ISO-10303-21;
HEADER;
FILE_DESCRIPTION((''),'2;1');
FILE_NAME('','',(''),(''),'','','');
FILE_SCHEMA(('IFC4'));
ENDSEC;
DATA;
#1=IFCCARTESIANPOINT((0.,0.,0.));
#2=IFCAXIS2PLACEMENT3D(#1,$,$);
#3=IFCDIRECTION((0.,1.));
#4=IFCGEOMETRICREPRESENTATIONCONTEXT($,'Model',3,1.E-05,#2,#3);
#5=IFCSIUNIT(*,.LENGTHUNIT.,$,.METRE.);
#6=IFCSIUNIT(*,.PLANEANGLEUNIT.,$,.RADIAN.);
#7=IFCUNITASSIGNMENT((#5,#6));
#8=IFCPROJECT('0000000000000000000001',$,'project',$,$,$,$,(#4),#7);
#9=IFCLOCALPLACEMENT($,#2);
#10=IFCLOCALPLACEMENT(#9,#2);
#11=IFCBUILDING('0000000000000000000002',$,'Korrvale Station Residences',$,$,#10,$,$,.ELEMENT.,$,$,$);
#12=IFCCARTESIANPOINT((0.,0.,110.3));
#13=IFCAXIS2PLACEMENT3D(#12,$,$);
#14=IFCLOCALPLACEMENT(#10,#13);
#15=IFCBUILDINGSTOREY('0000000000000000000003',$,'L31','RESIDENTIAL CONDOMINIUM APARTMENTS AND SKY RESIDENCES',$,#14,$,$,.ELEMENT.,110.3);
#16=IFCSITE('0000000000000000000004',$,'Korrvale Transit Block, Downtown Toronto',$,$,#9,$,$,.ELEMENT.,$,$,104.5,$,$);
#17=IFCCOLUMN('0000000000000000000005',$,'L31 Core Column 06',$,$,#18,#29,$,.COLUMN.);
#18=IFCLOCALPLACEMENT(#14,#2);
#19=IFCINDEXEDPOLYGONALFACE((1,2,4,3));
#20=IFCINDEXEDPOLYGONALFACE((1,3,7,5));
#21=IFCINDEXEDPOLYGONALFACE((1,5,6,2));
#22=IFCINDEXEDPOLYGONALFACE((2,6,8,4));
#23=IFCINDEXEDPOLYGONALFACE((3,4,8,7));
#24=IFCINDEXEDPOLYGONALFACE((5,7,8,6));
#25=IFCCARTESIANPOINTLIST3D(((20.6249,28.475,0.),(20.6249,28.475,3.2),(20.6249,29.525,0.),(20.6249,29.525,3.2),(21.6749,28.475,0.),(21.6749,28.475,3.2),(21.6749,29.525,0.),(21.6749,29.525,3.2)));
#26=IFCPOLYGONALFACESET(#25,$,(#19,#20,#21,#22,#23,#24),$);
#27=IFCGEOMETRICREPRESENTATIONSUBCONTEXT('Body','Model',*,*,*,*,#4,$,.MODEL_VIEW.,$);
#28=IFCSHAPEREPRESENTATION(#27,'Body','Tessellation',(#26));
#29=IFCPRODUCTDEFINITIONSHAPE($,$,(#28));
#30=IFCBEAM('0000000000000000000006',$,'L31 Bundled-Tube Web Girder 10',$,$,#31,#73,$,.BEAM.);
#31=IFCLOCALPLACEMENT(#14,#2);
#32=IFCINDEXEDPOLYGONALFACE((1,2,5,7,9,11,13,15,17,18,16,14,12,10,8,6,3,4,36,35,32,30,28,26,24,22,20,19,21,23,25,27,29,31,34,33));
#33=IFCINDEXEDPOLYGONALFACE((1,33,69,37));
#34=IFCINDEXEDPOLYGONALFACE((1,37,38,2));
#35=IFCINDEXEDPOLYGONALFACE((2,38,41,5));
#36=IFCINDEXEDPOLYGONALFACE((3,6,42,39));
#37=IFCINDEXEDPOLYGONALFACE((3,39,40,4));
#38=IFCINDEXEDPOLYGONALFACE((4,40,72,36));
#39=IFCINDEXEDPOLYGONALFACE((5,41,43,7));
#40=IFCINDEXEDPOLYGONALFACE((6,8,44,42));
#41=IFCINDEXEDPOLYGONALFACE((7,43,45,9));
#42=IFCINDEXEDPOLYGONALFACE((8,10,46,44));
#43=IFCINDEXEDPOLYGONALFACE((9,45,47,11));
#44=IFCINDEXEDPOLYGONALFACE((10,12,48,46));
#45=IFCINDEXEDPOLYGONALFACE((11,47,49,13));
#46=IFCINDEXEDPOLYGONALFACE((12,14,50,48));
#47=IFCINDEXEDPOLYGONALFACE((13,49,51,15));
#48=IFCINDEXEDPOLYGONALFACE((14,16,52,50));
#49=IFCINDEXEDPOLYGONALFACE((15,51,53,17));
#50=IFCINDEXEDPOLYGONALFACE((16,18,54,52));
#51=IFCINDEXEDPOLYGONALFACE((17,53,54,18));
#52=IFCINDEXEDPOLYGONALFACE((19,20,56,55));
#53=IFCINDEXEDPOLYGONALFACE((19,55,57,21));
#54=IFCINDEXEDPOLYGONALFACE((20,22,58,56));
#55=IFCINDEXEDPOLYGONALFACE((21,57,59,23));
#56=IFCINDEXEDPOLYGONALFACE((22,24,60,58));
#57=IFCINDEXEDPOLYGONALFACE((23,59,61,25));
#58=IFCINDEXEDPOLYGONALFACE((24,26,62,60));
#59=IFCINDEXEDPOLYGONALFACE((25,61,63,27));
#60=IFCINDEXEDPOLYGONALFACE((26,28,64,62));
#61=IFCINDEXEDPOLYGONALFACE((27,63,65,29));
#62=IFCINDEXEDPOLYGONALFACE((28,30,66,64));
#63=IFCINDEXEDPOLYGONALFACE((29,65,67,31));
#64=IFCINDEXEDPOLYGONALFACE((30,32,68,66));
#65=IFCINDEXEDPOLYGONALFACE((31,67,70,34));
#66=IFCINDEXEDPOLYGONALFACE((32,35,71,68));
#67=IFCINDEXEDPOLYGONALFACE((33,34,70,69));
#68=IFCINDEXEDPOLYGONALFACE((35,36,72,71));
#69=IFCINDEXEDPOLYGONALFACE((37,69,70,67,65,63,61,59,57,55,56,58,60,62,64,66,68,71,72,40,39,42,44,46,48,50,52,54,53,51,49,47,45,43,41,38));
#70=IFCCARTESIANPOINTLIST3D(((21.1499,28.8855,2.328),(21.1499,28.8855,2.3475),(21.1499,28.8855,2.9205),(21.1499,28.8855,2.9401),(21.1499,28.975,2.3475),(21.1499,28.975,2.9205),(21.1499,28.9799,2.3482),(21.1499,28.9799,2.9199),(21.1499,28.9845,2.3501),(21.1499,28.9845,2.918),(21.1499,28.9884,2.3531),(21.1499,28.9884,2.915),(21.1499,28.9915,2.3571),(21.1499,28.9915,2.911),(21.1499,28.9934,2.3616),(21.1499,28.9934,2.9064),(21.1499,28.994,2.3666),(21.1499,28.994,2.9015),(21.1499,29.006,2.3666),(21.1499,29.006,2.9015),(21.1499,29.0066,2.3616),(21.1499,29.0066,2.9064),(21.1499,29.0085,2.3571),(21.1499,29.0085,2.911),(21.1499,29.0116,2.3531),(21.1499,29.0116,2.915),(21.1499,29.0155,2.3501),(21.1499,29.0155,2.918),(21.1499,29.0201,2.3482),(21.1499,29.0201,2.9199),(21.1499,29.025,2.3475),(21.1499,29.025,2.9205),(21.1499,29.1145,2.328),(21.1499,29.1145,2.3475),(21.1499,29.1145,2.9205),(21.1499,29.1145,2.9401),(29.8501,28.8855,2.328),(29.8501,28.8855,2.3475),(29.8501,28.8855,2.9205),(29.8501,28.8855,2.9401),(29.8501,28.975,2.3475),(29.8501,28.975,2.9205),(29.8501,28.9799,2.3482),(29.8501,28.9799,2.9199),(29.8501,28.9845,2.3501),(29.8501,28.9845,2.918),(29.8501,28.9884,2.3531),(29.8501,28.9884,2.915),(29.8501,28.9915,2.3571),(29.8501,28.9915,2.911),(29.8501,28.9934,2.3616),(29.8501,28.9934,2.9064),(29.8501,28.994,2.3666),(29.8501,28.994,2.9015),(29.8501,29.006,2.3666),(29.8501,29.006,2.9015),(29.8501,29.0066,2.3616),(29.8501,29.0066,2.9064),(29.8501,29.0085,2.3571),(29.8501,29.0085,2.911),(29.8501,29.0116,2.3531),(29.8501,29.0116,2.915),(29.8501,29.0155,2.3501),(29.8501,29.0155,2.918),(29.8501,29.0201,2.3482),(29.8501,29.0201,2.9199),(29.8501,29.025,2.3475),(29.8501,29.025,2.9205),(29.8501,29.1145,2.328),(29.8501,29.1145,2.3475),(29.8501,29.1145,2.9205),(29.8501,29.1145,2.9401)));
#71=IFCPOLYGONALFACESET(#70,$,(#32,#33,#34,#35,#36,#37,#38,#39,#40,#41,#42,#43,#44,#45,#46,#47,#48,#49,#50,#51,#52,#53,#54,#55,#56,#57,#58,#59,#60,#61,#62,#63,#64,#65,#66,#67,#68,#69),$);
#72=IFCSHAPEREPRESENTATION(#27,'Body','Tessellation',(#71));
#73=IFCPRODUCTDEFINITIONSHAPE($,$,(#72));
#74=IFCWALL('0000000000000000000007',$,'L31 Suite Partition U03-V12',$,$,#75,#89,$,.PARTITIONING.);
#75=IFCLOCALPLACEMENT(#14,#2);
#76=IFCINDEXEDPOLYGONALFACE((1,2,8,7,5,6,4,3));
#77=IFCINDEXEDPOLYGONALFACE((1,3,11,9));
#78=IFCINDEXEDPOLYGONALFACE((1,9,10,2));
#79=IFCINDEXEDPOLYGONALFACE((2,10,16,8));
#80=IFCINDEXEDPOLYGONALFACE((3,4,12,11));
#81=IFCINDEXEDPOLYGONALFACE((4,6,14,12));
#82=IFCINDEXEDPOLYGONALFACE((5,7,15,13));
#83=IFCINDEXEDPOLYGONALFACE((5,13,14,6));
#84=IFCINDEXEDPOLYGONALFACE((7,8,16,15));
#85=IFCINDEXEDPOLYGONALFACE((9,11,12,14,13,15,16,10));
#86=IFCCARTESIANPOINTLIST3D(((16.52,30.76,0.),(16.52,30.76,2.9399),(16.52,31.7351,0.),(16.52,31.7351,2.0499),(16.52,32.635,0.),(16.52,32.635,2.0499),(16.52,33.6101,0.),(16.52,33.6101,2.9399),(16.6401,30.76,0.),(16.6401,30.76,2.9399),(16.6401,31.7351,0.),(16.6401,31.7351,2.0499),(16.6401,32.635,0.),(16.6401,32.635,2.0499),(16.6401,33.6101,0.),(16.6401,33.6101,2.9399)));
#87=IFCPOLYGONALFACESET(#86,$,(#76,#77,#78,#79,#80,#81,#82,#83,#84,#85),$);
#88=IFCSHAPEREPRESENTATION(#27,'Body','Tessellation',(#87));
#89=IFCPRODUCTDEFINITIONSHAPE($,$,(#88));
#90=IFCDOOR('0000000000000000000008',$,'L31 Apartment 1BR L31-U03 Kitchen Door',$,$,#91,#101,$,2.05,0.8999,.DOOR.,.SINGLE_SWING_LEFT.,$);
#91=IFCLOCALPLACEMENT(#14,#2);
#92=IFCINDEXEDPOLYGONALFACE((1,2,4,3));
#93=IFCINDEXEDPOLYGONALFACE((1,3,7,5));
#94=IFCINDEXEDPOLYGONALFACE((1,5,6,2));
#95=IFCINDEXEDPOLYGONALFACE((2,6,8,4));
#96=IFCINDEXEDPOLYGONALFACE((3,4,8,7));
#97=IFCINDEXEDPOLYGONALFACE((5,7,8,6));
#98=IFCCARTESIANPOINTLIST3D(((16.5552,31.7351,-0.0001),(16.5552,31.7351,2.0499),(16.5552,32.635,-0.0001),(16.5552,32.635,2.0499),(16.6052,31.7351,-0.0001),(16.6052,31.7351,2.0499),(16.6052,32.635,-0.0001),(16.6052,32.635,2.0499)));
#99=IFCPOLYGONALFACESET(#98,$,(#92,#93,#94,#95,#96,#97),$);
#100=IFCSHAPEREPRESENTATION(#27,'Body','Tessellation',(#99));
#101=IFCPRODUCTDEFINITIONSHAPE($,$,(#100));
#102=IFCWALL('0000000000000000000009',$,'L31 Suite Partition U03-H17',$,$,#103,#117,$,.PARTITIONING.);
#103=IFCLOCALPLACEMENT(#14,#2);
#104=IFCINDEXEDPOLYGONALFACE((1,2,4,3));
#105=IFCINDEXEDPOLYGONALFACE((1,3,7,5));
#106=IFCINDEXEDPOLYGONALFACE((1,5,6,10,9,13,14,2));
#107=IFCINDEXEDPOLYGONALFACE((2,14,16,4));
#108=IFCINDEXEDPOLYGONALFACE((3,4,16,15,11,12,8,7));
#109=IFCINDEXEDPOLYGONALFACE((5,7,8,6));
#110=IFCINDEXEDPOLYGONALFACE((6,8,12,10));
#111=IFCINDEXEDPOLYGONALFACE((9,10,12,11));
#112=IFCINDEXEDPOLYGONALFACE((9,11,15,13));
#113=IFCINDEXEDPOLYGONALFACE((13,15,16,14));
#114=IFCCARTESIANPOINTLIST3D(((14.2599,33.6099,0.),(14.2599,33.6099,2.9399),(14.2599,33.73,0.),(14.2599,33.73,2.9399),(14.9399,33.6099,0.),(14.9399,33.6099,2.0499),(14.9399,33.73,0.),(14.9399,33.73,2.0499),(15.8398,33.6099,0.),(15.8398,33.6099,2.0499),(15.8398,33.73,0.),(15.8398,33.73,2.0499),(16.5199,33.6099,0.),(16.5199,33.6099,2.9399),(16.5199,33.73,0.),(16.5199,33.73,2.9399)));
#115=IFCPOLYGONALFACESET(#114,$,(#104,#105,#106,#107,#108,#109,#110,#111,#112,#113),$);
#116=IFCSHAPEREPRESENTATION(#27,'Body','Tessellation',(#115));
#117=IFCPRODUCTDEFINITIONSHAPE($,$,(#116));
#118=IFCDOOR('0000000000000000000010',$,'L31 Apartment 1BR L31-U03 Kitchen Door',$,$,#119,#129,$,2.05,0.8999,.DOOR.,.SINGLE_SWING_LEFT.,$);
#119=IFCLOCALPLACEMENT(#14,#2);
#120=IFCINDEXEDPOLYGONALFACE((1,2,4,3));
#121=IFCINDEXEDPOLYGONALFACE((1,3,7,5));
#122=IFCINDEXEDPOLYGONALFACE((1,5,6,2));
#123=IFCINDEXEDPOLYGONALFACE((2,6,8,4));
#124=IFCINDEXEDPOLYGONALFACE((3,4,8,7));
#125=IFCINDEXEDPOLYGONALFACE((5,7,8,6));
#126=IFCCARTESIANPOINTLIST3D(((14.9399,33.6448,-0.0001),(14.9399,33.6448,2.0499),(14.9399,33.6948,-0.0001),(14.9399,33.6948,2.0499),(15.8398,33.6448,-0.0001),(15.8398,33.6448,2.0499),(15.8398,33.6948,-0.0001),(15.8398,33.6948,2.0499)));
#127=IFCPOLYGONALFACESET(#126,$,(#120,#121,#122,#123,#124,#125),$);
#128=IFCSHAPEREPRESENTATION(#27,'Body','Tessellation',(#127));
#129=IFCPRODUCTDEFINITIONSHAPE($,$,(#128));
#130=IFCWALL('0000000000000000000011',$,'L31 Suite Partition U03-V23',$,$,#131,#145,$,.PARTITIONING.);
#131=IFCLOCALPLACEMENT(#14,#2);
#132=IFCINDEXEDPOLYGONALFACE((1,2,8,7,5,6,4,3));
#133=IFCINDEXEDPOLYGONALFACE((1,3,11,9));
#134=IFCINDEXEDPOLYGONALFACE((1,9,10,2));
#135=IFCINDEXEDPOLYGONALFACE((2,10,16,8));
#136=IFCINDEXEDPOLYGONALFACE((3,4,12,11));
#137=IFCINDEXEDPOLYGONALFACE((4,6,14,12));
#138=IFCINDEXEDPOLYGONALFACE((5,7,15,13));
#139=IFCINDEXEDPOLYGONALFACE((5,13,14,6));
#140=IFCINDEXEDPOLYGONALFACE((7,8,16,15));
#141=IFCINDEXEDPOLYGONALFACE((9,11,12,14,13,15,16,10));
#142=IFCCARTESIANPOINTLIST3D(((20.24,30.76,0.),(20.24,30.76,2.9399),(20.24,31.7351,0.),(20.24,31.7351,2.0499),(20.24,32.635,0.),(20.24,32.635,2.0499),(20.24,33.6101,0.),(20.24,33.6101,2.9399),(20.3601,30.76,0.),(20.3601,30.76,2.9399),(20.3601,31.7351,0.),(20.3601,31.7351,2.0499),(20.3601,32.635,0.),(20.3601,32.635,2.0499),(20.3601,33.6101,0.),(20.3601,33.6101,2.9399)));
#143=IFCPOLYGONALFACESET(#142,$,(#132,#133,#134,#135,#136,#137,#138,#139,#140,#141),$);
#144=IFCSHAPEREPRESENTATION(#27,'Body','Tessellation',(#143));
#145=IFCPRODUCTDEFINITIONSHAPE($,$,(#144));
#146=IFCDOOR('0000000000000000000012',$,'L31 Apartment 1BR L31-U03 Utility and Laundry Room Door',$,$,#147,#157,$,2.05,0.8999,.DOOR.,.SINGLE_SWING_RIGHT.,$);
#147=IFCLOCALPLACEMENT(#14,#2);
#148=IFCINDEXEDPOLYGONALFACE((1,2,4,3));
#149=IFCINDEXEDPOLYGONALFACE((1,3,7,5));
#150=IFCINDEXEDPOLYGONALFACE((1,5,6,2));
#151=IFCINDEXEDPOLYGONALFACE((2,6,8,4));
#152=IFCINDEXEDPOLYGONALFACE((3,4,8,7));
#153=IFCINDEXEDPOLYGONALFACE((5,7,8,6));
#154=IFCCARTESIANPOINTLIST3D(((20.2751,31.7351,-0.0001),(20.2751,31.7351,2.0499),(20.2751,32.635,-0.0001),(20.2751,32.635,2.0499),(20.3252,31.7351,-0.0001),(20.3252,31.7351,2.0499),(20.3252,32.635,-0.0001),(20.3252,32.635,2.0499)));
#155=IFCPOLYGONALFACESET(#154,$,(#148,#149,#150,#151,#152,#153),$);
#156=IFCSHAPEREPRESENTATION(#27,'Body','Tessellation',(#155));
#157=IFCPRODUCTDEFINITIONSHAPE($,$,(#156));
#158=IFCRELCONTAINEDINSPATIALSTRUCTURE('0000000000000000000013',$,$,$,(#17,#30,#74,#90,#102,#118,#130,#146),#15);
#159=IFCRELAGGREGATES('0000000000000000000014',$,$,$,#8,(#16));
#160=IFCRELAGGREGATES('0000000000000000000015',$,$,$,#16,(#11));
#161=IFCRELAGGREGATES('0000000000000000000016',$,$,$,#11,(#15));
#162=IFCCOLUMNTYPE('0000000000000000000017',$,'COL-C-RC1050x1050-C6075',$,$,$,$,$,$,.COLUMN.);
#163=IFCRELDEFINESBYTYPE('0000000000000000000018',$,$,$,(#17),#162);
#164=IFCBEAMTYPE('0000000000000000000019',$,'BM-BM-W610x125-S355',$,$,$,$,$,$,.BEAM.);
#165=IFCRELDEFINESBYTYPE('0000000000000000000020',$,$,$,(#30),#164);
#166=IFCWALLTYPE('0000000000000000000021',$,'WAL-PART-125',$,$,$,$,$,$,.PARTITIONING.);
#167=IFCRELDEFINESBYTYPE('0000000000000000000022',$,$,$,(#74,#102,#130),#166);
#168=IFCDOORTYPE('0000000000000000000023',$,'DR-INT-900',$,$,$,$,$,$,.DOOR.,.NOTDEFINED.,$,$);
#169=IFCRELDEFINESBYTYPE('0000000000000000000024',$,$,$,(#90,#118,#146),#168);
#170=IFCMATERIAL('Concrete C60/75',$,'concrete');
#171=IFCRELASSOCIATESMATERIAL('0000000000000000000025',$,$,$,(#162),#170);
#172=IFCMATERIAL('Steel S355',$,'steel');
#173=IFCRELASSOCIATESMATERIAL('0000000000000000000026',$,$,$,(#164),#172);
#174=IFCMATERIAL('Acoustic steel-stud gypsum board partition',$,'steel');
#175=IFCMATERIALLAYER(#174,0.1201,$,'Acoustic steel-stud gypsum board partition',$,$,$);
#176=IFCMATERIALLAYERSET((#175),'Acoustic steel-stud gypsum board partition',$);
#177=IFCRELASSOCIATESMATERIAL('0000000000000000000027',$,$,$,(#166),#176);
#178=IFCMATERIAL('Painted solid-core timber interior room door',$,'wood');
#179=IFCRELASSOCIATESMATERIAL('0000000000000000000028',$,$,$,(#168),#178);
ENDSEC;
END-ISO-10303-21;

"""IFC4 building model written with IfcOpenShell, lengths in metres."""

from ifc_helpers import new_model, si_unit, direction, frame, frame_2d, origin, origin_2d, place, context, subcontext, project, spatial, rectangle, i_section, extrude, material, layer, layer_set, material_profile, profile_set, type_object, element, fill, save


model = new_model("IFC4")

# Units and contexts
model_context = context("Model", 3, precision=1e-05, world=origin(), true_north=direction((0.0, 1.0)))
body_context = subcontext(model_context, "Body", "Model", "MODEL_VIEW")
ifc_project = project(units=[si_unit("LENGTHUNIT", "METRE"), si_unit("PLANEANGLEUNIT", "RADIAN")], contexts=[model_context])

# Site, building, storey
site_placement = place(None, origin())
site = spatial("IfcSite", under=ifc_project, at=site_placement, Name="Korrvale Transit Block, Downtown Toronto", CompositionType="ELEMENT", RefElevation=104.5)
building_placement = place(site_placement, origin())
building = spatial("IfcBuilding", under=site, at=building_placement, Name="Korrvale Station Residences", CompositionType="ELEMENT")
storey_placement = place(building_placement, frame((0.0, 0.0, 110.3)))
storey = spatial("IfcBuildingStorey", under=building, at=storey_placement, Name="L31", Description="RESIDENTIAL CONDOMINIUM APARTMENTS AND SKY RESIDENCES", CompositionType="ELEMENT", Elevation=110.3)

# Column
ifc_material_1 = material(Name="Concrete C60/75", Category="concrete")
ifc_material_profile_1 = material_profile(ifc_material_1, rectangle(XDim=1.05, YDim=1.05, at=origin_2d()), Name="RC1050x1050")
ifc_profile_set_1 = profile_set([ifc_material_profile_1], Name="Concrete C60/75")
column_type = type_object("IfcColumnType", Name="COL-C-RC1050x1050-C6075", PredefinedType="COLUMN", material=ifc_profile_set_1)
column_placement = place(storey_placement, frame((21.1499, 29.0, 0.0), z_axis=(0.0, 0.0, 1.0), x_axis=(1.0, 0.0, 0.0)))
element("IfcColumn", 1, at=column_placement, inside=storey, type_object=column_type, Name="L31 Core Column 06", PredefinedType="COLUMN", context=body_context, shape_type="SweptSolid", body=[
    extrude(rectangle(XDim=1.05, YDim=1.05, at=origin_2d()), origin(), (0.0, 0.0, 1.0), 3.2),
])

# Beam
ifc_material_2 = material(Name="Steel S355", Category="steel")
ifc_material_profile_2 = material_profile(ifc_material_2, i_section(OverallWidth=0.229, OverallDepth=0.6121, WebThickness=0.012, FlangeThickness=0.0195, FilletRadius=0.019, at=origin_2d()), Name="W610x125")
ifc_profile_set_2 = profile_set([ifc_material_profile_2], Name="Steel S355")
beam_type = type_object("IfcBeamType", Name="BM-BM-W610x125-S355", PredefinedType="BEAM", material=ifc_profile_set_2)
beam_placement = place(storey_placement, frame((21.1499, 29.0, 2.634), z_axis=(1.0, 0.0, 0.0), x_axis=(0.0, 1.0, 0.0)))
element("IfcBeam", 2, at=beam_placement, inside=storey, type_object=beam_type, Name="L31 Bundled-Tube Web Girder 10", PredefinedType="BEAM", context=body_context, shape_type="SweptSolid", body=[
    extrude(i_section(OverallWidth=0.229, OverallDepth=0.6121, WebThickness=0.012, FlangeThickness=0.0195, FilletRadius=0.019, at=origin_2d()), origin(), (0.0, 0.0, 1.0), 8.7002),
])

# Walls, openings, doors
ifc_material_3 = material(Name="Acoustic steel-stud gypsum board partition", Category="steel")
ifc_layer = layer(ifc_material_3, 0.1201, Name="Acoustic steel-stud gypsum board partition")
ifc_layer_set = layer_set([ifc_layer], Name="Acoustic steel-stud gypsum board partition")
wall_type = type_object("IfcWallType", Name="WAL-PART-125", PredefinedType="PARTITIONING", material=ifc_layer_set)
wall_1_placement = place(storey_placement, frame((16.5801, 30.76, 0.0), z_axis=(0.0, 0.0, 1.0), x_axis=(0.0, 1.0, 0.0)))
wall_1 = element("IfcWall", 3, at=wall_1_placement, inside=storey, type_object=wall_type, Name="L31 Suite Partition U03-V12", PredefinedType="PARTITIONING", context=body_context, shape_type="SweptSolid", body=[
    extrude(rectangle(XDim=2.8501, YDim=0.1201, at=frame_2d((1.425, 0.0))), origin(), (0.0, 0.0, 1.0), 2.9399),
])
opening_1_placement = place(wall_1_placement, frame((0.9751, 0.0, 0.0)))
opening_1 = element("IfcOpeningElement", 4, at=opening_1_placement, cuts=wall_1, PredefinedType="OPENING", context=body_context, shape_type="SweptSolid", body=[
    extrude(rectangle(XDim=0.8999, YDim=2.05, at=frame_2d((0.45, 1.0249))), frame((0.0, 0.0701, 0.0), z_axis=(0.0, -1.0, 0.0), x_axis=(1.0, 0.0, 0.0)), (0.0, 0.0, 1.0), 0.1401),
])
ifc_material_4 = material(Name="Painted solid-core timber interior room door", Category="wood")
door_type = type_object("IfcDoorType", Name="DR-INT-900", OperationType="NOTDEFINED", PredefinedType="DOOR", material=ifc_material_4)
door_1_placement = place(opening_1_placement, origin())
door_1 = element("IfcDoor", 5, at=door_1_placement, inside=storey, type_object=door_type, Name="L31 Apartment 1BR L31-U03 Kitchen Door", OperationType="SINGLE_SWING_LEFT", OverallHeight=2.05, OverallWidth=0.8999, PredefinedType="DOOR", context=body_context, shape_type="SweptSolid", body=[
    extrude(rectangle(XDim=0.8999, YDim=2.05, at=frame_2d((0.45, 1.0249))), frame((0.0, 0.0249, 0.0), z_axis=(0.0, -1.0, 0.0), x_axis=(1.0, 0.0, 0.0)), (0.0, 0.0, 1.0), 0.05),
])
fill(opening_1, door_1)
wall_2_placement = place(storey_placement, frame((14.26, 33.6699, 0.0), z_axis=(0.0, 0.0, 1.0), x_axis=(1.0, 0.0, 0.0)))
wall_2 = element("IfcWall", 6, at=wall_2_placement, inside=storey, type_object=wall_type, Name="L31 Suite Partition U03-H17", PredefinedType="PARTITIONING", context=body_context, shape_type="SweptSolid", body=[
    extrude(rectangle(XDim=2.26, YDim=0.1201, at=frame_2d((1.1299, 0.0))), origin(), (0.0, 0.0, 1.0), 2.9399),
])
opening_2_placement = place(wall_2_placement, frame((0.6799, 0.0, 0.0)))
opening_2 = element("IfcOpeningElement", 7, at=opening_2_placement, cuts=wall_2, PredefinedType="OPENING", context=body_context, shape_type="SweptSolid", body=[
    extrude(rectangle(XDim=0.8999, YDim=2.05, at=frame_2d((0.45, 1.0249))), frame((0.0, 0.0701, 0.0), z_axis=(0.0, -1.0, 0.0), x_axis=(1.0, 0.0, 0.0)), (0.0, 0.0, 1.0), 0.1401),
])
door_2_placement = place(opening_2_placement, origin())
door_2 = element("IfcDoor", 8, at=door_2_placement, inside=storey, type_object=door_type, Name="L31 Apartment 1BR L31-U03 Kitchen Door", OperationType="SINGLE_SWING_LEFT", OverallHeight=2.05, OverallWidth=0.8999, PredefinedType="DOOR", context=body_context, shape_type="SweptSolid", body=[
    extrude(rectangle(XDim=0.8999, YDim=2.05, at=frame_2d((0.45, 1.0249))), frame((0.0, 0.0249, 0.0), z_axis=(0.0, -1.0, 0.0), x_axis=(1.0, 0.0, 0.0)), (0.0, 0.0, 1.0), 0.05),
])
fill(opening_2, door_2)
wall_3_placement = place(storey_placement, frame((20.3, 30.76, 0.0), z_axis=(0.0, 0.0, 1.0), x_axis=(0.0, 1.0, 0.0)))
wall_3 = element("IfcWall", 9, at=wall_3_placement, inside=storey, type_object=wall_type, Name="L31 Suite Partition U03-V23", PredefinedType="PARTITIONING", context=body_context, shape_type="SweptSolid", body=[
    extrude(rectangle(XDim=2.8501, YDim=0.1201, at=frame_2d((1.425, 0.0))), origin(), (0.0, 0.0, 1.0), 2.9399),
])
opening_3_placement = place(wall_3_placement, frame((0.9751, 0.0, 0.0)))
opening_3 = element("IfcOpeningElement", 10, at=opening_3_placement, cuts=wall_3, PredefinedType="OPENING", context=body_context, shape_type="SweptSolid", body=[
    extrude(rectangle(XDim=0.8999, YDim=2.05, at=frame_2d((0.45, 1.0249))), frame((0.0, 0.0701, 0.0), z_axis=(0.0, -1.0, 0.0), x_axis=(1.0, 0.0, 0.0)), (0.0, 0.0, 1.0), 0.1401),
])
door_3_placement = place(opening_3_placement, origin())
door_3 = element("IfcDoor", 11, at=door_3_placement, inside=storey, type_object=door_type, Name="L31 Apartment 1BR L31-U03 Utility and Laundry Room Door", OperationType="SINGLE_SWING_RIGHT", OverallHeight=2.05, OverallWidth=0.8999, PredefinedType="DOOR", context=body_context, shape_type="SweptSolid", body=[
    extrude(rectangle(XDim=0.8999, YDim=2.05, at=frame_2d((0.45, 1.0249))), frame((0.0, 0.0249, 0.0), z_axis=(0.0, -1.0, 0.0), x_axis=(1.0, 0.0, 0.0)), (0.0, 0.0, 1.0), 0.05),
])
fill(opening_3, door_3)

save(model, "model.ifc")
